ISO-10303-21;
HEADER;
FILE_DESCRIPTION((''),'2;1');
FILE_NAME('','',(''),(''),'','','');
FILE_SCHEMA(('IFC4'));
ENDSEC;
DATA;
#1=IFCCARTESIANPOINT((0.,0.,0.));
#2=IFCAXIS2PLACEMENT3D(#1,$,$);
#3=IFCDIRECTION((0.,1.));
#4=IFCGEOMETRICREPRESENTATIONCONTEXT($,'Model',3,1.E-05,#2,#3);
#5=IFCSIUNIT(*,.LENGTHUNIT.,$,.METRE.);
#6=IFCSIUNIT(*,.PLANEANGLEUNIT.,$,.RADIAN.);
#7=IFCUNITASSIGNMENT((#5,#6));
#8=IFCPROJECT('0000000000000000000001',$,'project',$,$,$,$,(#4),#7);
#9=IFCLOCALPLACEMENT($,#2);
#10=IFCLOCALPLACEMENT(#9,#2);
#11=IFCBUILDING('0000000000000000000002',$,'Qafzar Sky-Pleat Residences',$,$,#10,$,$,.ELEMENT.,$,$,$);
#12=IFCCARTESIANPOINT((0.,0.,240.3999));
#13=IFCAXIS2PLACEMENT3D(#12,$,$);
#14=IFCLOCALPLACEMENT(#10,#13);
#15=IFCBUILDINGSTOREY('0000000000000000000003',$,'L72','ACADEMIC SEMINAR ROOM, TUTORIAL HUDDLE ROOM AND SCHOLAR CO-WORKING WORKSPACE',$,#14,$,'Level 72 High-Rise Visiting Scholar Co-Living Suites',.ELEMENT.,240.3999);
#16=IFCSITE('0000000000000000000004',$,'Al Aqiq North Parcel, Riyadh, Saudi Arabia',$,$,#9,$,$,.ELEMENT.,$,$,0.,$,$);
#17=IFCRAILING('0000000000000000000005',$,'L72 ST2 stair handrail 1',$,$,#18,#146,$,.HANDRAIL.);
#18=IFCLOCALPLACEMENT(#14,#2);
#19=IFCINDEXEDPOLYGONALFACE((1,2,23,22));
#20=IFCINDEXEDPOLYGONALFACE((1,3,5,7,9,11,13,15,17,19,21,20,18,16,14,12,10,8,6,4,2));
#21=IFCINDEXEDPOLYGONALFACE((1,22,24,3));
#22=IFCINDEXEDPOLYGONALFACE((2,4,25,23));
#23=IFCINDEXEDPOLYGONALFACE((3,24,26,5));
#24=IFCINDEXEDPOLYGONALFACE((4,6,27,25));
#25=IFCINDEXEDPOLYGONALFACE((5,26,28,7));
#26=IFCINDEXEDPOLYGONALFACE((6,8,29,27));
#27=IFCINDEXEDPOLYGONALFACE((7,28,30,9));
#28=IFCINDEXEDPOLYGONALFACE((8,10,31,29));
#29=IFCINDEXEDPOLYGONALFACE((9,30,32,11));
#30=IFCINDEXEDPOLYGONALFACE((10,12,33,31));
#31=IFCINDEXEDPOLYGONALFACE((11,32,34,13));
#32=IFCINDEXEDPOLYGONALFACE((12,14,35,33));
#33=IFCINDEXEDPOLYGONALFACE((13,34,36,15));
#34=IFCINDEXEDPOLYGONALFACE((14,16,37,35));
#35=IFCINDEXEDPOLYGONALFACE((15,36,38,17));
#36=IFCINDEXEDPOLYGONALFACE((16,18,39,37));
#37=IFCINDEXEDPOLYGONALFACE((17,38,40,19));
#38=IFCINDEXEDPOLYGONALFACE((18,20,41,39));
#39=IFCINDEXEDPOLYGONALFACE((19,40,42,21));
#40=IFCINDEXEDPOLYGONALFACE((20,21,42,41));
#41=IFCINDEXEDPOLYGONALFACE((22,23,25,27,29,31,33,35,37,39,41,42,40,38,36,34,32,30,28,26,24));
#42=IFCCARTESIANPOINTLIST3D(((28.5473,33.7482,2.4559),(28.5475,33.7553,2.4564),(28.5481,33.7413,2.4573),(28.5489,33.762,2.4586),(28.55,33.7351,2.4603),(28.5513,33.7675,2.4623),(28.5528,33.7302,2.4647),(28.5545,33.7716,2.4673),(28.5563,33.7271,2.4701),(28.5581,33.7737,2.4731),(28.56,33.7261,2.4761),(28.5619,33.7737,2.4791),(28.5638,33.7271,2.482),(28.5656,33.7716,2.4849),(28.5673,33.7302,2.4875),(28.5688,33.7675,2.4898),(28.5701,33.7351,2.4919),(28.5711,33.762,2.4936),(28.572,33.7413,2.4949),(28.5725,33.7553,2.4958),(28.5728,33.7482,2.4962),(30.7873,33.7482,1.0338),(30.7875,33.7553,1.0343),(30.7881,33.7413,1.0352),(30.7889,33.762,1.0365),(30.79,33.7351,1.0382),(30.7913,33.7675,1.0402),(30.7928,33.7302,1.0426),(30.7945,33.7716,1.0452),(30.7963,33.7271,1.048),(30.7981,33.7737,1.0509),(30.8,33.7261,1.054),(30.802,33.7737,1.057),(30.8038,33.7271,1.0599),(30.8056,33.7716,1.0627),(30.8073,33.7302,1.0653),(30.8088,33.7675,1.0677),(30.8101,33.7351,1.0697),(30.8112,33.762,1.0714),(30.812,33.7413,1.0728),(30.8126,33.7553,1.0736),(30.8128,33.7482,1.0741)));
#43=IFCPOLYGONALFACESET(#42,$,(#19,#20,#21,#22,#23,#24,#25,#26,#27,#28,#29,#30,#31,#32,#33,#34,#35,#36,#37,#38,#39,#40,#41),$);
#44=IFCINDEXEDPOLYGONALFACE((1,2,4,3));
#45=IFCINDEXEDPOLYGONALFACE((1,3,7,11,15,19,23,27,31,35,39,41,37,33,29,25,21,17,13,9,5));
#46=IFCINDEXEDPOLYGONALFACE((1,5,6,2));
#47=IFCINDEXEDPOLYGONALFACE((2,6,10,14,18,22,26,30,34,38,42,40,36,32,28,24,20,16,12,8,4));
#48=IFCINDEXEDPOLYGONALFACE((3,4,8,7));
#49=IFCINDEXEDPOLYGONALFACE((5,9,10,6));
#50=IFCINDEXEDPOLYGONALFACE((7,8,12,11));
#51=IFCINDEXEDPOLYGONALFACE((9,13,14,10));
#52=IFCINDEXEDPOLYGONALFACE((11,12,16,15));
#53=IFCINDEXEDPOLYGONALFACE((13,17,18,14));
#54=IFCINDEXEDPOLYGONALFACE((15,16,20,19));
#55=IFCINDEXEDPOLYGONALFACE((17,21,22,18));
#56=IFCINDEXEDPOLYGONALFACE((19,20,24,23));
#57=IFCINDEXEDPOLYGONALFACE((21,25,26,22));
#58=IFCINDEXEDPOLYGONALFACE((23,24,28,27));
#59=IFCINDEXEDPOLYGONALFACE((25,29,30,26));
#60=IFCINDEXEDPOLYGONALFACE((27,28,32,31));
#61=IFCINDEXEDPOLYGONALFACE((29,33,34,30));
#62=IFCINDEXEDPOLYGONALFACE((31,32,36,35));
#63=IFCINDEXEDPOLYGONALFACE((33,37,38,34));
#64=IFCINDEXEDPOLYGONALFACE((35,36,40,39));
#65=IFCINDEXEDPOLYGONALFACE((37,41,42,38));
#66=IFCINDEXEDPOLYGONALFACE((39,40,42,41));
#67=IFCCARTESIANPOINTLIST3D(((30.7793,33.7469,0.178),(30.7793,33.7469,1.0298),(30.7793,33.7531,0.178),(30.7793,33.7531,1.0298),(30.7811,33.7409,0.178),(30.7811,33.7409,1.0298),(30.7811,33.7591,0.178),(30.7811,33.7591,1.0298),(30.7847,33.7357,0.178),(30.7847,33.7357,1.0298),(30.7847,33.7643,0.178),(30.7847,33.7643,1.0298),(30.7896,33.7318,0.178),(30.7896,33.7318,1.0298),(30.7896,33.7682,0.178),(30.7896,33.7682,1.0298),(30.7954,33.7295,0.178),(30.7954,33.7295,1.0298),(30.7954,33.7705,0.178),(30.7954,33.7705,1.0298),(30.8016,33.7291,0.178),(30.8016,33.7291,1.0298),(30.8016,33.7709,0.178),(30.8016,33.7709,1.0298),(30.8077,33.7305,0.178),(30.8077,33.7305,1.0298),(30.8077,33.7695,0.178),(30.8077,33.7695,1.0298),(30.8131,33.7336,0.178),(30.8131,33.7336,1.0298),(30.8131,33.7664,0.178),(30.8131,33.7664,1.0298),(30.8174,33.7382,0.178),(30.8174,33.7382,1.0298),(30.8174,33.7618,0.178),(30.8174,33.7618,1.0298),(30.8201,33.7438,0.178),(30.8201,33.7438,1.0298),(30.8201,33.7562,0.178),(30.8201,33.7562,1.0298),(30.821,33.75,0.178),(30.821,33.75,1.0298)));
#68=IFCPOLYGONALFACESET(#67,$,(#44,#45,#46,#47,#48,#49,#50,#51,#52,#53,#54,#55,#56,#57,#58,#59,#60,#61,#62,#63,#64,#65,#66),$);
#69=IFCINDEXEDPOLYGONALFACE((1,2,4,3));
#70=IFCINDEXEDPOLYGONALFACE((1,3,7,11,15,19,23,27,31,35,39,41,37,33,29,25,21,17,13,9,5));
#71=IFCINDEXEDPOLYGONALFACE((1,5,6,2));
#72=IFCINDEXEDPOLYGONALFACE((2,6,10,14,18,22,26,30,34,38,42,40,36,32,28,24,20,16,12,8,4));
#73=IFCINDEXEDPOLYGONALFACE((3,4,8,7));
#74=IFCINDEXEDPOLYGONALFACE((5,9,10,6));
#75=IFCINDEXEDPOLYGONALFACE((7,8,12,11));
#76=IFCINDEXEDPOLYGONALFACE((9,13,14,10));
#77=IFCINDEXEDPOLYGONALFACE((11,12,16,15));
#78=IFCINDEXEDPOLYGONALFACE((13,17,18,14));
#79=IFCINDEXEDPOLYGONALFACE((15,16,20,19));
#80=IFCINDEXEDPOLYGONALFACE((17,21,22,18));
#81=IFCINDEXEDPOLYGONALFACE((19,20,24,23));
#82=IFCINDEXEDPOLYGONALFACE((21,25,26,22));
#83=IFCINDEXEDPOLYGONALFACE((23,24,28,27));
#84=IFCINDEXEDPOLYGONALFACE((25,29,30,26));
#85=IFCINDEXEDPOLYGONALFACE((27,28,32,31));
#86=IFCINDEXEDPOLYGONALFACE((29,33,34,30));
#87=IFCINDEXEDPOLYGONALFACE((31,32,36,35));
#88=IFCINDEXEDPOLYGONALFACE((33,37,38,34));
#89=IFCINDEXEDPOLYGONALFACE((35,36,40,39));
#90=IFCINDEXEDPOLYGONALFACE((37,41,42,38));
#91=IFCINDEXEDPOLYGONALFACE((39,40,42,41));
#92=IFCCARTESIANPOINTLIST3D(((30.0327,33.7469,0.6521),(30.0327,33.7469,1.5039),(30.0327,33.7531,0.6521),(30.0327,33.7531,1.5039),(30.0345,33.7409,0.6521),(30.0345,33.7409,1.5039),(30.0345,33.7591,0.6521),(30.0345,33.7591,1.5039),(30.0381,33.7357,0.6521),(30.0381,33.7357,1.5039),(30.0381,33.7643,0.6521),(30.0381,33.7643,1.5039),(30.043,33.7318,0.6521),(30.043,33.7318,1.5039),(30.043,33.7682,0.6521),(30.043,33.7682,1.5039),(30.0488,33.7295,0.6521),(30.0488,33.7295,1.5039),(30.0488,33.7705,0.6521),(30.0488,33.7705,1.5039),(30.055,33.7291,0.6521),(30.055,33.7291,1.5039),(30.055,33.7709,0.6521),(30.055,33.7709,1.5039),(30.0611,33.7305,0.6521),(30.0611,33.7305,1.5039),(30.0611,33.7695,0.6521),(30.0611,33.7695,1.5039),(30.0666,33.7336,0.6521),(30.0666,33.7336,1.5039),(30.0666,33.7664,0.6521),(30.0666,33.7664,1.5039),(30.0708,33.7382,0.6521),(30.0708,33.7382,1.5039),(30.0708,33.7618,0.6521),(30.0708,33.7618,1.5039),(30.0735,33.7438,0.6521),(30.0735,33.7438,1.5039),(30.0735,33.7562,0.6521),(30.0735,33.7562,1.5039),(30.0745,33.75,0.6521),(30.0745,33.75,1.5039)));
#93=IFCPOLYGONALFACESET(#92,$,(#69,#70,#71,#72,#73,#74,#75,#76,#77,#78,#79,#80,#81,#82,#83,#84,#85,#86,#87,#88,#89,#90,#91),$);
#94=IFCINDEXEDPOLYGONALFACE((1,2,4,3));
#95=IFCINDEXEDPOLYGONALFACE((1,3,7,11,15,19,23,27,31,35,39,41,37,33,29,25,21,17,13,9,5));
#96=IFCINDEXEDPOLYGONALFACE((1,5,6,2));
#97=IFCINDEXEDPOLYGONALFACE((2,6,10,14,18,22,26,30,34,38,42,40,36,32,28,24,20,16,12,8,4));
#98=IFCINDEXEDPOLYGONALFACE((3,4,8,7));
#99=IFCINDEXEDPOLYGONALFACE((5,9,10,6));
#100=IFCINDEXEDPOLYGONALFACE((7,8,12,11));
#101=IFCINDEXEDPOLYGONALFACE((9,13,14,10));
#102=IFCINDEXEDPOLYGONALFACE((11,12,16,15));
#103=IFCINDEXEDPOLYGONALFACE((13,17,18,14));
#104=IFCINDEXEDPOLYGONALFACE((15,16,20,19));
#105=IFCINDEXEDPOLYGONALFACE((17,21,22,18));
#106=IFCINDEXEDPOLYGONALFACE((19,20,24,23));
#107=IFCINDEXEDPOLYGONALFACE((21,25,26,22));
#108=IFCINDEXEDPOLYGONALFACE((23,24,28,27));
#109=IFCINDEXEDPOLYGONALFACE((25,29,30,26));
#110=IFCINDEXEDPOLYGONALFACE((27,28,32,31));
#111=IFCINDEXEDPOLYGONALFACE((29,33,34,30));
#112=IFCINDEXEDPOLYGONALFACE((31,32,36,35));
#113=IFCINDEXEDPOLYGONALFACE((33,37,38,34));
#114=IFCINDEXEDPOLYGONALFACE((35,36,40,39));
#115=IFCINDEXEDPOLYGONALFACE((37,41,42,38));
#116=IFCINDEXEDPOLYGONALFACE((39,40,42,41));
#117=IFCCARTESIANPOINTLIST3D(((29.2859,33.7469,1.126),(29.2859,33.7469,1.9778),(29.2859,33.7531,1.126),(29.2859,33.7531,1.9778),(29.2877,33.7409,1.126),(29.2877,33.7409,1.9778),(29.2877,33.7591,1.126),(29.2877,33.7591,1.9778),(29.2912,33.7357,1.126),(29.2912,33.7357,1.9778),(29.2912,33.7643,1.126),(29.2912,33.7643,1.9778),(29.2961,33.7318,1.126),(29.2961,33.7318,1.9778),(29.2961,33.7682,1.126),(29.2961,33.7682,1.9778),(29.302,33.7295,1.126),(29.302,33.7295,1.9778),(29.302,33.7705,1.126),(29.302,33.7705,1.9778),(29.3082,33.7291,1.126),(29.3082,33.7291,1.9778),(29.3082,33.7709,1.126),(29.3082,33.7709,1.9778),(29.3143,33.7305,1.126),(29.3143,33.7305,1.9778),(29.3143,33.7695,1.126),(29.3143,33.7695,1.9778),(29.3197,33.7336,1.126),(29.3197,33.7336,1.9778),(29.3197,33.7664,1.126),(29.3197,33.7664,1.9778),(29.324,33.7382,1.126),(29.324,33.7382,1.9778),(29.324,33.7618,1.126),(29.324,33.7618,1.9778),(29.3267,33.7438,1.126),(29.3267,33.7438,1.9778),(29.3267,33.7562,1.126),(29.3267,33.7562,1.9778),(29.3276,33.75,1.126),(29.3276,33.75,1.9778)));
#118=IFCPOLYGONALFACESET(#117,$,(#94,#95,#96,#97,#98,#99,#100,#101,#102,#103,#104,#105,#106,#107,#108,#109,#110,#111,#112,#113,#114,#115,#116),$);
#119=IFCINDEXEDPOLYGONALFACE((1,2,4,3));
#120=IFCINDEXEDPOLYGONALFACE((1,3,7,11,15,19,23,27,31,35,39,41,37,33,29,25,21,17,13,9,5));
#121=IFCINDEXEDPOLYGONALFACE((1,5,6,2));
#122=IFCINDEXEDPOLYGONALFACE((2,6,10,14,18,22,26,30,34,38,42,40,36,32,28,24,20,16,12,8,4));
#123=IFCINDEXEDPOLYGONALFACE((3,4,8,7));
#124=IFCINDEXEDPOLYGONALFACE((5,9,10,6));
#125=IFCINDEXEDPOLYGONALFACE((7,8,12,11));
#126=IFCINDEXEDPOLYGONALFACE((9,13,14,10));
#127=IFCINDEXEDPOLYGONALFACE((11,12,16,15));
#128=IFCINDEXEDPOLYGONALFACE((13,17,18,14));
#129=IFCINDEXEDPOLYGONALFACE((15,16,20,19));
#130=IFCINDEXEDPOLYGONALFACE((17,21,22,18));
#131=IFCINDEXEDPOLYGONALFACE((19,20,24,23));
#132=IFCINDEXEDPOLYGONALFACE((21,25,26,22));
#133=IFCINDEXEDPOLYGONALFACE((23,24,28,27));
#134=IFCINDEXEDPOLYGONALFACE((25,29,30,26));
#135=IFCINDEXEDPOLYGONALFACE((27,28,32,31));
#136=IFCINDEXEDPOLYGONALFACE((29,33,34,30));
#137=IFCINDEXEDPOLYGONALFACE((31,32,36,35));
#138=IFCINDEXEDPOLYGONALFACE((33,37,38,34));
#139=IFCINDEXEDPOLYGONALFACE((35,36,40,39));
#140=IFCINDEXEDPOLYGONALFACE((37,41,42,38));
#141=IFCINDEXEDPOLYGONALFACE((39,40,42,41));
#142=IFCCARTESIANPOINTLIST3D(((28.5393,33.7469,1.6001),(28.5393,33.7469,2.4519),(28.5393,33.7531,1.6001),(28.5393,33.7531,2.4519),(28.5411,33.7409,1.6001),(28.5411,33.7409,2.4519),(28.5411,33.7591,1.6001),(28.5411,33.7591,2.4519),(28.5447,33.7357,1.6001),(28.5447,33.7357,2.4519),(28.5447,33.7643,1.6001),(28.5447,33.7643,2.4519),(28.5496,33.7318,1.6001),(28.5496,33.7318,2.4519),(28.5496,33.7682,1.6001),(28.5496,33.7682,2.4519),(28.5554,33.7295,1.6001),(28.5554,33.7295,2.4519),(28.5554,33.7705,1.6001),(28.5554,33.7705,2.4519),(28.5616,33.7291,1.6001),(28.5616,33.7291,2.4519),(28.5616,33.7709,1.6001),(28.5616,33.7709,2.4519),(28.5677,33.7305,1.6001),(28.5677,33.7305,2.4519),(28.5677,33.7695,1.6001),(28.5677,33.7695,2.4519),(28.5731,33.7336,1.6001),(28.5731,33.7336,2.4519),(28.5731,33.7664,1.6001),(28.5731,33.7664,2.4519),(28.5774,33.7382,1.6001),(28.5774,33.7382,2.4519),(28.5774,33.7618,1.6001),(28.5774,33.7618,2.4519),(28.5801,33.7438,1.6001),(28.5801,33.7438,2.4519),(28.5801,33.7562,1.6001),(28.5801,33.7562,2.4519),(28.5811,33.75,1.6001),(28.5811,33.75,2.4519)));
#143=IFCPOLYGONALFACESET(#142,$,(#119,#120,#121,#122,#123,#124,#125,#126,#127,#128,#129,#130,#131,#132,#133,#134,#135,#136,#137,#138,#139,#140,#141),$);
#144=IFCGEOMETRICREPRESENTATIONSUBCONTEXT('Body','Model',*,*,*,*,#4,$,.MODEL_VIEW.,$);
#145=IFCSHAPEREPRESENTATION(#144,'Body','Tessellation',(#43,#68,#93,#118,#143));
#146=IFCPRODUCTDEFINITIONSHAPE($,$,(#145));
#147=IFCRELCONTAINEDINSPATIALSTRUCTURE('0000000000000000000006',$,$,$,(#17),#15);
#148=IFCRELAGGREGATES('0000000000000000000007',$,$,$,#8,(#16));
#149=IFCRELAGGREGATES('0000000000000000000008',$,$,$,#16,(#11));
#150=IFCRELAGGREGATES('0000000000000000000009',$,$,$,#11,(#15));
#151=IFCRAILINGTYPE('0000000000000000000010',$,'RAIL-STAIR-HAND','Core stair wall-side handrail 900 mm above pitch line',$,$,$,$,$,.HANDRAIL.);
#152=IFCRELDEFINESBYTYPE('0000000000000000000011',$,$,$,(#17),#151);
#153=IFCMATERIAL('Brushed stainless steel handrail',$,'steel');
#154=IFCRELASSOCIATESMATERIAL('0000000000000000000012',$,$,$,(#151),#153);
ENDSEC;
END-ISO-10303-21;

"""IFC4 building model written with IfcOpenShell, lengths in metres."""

from ifc_helpers import new_model, si_unit, direction, frame, origin, origin_2d, place, context, subcontext, project, spatial, circle, extrude, source, transform, mapped, material, type_object, element, save


model = new_model("IFC4")

# Units and contexts
model_context = context("Model", 3, precision=1e-05, world=origin(), true_north=direction((0.0, 1.0)))
body_context = subcontext(model_context, "Body", "Model", "MODEL_VIEW")
ifc_project = project(units=[si_unit("LENGTHUNIT", "METRE"), si_unit("PLANEANGLEUNIT", "RADIAN")], contexts=[model_context])

# Site, building, storey
site_placement = place(None, origin())
site = spatial("IfcSite", under=ifc_project, at=site_placement, Name="Al Aqiq North Parcel, Riyadh, Saudi Arabia", CompositionType="ELEMENT", RefElevation=0.0)
building_placement = place(site_placement, origin())
building = spatial("IfcBuilding", under=site, at=building_placement, Name="Qafzar Sky-Pleat Residences", CompositionType="ELEMENT")
storey_placement = place(building_placement, frame((0.0, 0.0, 240.3999)))
storey = spatial("IfcBuildingStorey", under=building, at=storey_placement, Name="L72", Description="ACADEMIC SEMINAR ROOM, TUTORIAL HUDDLE ROOM AND SCHOLAR CO-WORKING WORKSPACE", LongName="Level 72 High-Rise Visiting Scholar Co-Living Suites", CompositionType="ELEMENT", Elevation=240.3999)

# Railing
ifc_material_1 = material(Name="Brushed stainless steel handrail", Category="steel")
railing_type_1 = type_object("IfcRailingType", Name="RAIL-STAIR-HAND", Description="Core stair wall-side handrail 900 mm above pitch line", PredefinedType="HANDRAIL", material=ifc_material_1)
shared_shape_1 = source(origin(), body_context, "Body", "SweptSolid", [
    extrude(circle(Radius=0.0239, at=origin_2d()), frame((0.0, 0.0, 0.876), z_axis=(-0.844229, 0.0, 0.535982), x_axis=(0.0, -1.0, 0.0)), (0.0, 0.0, 1.0), 2.6533),
    extrude(circle(Radius=0.021, at=origin_2d()), origin(), (0.0, 0.0, 1.0), 0.8518),
    extrude(circle(Radius=0.021, at=origin_2d()), frame((-0.7466, 0.0, 0.4741)), (0.0, 0.0, 1.0), 0.8518),
    extrude(circle(Radius=0.021, at=origin_2d()), frame((-1.4934, 0.0, 0.948)), (0.0, 0.0, 1.0), 0.8518),
    extrude(circle(Radius=0.021, at=origin_2d()), frame((-2.24, 0.0, 1.4221)), (0.0, 0.0, 1.0), 0.8518),
])
railing_1_placement = place(storey_placement, frame((30.8, 33.75, 0.178)))
element("IfcRailing", 1, at=railing_1_placement, inside=storey, type_object=railing_type_1, Name="L72 ST2 stair handrail 1", PredefinedType="HANDRAIL", context=body_context, shape_type="MappedRepresentation", body=[
    mapped(shared_shape_1, transform((0.0, 0.0, 0.0), x_axis=(1.0, 0.0, 0.0), y_axis=(0.0, 1.0, 0.0), z_axis=(0.0, 0.0, 1.0), scale=1.0)),
])

save(model, "model.ifc")
